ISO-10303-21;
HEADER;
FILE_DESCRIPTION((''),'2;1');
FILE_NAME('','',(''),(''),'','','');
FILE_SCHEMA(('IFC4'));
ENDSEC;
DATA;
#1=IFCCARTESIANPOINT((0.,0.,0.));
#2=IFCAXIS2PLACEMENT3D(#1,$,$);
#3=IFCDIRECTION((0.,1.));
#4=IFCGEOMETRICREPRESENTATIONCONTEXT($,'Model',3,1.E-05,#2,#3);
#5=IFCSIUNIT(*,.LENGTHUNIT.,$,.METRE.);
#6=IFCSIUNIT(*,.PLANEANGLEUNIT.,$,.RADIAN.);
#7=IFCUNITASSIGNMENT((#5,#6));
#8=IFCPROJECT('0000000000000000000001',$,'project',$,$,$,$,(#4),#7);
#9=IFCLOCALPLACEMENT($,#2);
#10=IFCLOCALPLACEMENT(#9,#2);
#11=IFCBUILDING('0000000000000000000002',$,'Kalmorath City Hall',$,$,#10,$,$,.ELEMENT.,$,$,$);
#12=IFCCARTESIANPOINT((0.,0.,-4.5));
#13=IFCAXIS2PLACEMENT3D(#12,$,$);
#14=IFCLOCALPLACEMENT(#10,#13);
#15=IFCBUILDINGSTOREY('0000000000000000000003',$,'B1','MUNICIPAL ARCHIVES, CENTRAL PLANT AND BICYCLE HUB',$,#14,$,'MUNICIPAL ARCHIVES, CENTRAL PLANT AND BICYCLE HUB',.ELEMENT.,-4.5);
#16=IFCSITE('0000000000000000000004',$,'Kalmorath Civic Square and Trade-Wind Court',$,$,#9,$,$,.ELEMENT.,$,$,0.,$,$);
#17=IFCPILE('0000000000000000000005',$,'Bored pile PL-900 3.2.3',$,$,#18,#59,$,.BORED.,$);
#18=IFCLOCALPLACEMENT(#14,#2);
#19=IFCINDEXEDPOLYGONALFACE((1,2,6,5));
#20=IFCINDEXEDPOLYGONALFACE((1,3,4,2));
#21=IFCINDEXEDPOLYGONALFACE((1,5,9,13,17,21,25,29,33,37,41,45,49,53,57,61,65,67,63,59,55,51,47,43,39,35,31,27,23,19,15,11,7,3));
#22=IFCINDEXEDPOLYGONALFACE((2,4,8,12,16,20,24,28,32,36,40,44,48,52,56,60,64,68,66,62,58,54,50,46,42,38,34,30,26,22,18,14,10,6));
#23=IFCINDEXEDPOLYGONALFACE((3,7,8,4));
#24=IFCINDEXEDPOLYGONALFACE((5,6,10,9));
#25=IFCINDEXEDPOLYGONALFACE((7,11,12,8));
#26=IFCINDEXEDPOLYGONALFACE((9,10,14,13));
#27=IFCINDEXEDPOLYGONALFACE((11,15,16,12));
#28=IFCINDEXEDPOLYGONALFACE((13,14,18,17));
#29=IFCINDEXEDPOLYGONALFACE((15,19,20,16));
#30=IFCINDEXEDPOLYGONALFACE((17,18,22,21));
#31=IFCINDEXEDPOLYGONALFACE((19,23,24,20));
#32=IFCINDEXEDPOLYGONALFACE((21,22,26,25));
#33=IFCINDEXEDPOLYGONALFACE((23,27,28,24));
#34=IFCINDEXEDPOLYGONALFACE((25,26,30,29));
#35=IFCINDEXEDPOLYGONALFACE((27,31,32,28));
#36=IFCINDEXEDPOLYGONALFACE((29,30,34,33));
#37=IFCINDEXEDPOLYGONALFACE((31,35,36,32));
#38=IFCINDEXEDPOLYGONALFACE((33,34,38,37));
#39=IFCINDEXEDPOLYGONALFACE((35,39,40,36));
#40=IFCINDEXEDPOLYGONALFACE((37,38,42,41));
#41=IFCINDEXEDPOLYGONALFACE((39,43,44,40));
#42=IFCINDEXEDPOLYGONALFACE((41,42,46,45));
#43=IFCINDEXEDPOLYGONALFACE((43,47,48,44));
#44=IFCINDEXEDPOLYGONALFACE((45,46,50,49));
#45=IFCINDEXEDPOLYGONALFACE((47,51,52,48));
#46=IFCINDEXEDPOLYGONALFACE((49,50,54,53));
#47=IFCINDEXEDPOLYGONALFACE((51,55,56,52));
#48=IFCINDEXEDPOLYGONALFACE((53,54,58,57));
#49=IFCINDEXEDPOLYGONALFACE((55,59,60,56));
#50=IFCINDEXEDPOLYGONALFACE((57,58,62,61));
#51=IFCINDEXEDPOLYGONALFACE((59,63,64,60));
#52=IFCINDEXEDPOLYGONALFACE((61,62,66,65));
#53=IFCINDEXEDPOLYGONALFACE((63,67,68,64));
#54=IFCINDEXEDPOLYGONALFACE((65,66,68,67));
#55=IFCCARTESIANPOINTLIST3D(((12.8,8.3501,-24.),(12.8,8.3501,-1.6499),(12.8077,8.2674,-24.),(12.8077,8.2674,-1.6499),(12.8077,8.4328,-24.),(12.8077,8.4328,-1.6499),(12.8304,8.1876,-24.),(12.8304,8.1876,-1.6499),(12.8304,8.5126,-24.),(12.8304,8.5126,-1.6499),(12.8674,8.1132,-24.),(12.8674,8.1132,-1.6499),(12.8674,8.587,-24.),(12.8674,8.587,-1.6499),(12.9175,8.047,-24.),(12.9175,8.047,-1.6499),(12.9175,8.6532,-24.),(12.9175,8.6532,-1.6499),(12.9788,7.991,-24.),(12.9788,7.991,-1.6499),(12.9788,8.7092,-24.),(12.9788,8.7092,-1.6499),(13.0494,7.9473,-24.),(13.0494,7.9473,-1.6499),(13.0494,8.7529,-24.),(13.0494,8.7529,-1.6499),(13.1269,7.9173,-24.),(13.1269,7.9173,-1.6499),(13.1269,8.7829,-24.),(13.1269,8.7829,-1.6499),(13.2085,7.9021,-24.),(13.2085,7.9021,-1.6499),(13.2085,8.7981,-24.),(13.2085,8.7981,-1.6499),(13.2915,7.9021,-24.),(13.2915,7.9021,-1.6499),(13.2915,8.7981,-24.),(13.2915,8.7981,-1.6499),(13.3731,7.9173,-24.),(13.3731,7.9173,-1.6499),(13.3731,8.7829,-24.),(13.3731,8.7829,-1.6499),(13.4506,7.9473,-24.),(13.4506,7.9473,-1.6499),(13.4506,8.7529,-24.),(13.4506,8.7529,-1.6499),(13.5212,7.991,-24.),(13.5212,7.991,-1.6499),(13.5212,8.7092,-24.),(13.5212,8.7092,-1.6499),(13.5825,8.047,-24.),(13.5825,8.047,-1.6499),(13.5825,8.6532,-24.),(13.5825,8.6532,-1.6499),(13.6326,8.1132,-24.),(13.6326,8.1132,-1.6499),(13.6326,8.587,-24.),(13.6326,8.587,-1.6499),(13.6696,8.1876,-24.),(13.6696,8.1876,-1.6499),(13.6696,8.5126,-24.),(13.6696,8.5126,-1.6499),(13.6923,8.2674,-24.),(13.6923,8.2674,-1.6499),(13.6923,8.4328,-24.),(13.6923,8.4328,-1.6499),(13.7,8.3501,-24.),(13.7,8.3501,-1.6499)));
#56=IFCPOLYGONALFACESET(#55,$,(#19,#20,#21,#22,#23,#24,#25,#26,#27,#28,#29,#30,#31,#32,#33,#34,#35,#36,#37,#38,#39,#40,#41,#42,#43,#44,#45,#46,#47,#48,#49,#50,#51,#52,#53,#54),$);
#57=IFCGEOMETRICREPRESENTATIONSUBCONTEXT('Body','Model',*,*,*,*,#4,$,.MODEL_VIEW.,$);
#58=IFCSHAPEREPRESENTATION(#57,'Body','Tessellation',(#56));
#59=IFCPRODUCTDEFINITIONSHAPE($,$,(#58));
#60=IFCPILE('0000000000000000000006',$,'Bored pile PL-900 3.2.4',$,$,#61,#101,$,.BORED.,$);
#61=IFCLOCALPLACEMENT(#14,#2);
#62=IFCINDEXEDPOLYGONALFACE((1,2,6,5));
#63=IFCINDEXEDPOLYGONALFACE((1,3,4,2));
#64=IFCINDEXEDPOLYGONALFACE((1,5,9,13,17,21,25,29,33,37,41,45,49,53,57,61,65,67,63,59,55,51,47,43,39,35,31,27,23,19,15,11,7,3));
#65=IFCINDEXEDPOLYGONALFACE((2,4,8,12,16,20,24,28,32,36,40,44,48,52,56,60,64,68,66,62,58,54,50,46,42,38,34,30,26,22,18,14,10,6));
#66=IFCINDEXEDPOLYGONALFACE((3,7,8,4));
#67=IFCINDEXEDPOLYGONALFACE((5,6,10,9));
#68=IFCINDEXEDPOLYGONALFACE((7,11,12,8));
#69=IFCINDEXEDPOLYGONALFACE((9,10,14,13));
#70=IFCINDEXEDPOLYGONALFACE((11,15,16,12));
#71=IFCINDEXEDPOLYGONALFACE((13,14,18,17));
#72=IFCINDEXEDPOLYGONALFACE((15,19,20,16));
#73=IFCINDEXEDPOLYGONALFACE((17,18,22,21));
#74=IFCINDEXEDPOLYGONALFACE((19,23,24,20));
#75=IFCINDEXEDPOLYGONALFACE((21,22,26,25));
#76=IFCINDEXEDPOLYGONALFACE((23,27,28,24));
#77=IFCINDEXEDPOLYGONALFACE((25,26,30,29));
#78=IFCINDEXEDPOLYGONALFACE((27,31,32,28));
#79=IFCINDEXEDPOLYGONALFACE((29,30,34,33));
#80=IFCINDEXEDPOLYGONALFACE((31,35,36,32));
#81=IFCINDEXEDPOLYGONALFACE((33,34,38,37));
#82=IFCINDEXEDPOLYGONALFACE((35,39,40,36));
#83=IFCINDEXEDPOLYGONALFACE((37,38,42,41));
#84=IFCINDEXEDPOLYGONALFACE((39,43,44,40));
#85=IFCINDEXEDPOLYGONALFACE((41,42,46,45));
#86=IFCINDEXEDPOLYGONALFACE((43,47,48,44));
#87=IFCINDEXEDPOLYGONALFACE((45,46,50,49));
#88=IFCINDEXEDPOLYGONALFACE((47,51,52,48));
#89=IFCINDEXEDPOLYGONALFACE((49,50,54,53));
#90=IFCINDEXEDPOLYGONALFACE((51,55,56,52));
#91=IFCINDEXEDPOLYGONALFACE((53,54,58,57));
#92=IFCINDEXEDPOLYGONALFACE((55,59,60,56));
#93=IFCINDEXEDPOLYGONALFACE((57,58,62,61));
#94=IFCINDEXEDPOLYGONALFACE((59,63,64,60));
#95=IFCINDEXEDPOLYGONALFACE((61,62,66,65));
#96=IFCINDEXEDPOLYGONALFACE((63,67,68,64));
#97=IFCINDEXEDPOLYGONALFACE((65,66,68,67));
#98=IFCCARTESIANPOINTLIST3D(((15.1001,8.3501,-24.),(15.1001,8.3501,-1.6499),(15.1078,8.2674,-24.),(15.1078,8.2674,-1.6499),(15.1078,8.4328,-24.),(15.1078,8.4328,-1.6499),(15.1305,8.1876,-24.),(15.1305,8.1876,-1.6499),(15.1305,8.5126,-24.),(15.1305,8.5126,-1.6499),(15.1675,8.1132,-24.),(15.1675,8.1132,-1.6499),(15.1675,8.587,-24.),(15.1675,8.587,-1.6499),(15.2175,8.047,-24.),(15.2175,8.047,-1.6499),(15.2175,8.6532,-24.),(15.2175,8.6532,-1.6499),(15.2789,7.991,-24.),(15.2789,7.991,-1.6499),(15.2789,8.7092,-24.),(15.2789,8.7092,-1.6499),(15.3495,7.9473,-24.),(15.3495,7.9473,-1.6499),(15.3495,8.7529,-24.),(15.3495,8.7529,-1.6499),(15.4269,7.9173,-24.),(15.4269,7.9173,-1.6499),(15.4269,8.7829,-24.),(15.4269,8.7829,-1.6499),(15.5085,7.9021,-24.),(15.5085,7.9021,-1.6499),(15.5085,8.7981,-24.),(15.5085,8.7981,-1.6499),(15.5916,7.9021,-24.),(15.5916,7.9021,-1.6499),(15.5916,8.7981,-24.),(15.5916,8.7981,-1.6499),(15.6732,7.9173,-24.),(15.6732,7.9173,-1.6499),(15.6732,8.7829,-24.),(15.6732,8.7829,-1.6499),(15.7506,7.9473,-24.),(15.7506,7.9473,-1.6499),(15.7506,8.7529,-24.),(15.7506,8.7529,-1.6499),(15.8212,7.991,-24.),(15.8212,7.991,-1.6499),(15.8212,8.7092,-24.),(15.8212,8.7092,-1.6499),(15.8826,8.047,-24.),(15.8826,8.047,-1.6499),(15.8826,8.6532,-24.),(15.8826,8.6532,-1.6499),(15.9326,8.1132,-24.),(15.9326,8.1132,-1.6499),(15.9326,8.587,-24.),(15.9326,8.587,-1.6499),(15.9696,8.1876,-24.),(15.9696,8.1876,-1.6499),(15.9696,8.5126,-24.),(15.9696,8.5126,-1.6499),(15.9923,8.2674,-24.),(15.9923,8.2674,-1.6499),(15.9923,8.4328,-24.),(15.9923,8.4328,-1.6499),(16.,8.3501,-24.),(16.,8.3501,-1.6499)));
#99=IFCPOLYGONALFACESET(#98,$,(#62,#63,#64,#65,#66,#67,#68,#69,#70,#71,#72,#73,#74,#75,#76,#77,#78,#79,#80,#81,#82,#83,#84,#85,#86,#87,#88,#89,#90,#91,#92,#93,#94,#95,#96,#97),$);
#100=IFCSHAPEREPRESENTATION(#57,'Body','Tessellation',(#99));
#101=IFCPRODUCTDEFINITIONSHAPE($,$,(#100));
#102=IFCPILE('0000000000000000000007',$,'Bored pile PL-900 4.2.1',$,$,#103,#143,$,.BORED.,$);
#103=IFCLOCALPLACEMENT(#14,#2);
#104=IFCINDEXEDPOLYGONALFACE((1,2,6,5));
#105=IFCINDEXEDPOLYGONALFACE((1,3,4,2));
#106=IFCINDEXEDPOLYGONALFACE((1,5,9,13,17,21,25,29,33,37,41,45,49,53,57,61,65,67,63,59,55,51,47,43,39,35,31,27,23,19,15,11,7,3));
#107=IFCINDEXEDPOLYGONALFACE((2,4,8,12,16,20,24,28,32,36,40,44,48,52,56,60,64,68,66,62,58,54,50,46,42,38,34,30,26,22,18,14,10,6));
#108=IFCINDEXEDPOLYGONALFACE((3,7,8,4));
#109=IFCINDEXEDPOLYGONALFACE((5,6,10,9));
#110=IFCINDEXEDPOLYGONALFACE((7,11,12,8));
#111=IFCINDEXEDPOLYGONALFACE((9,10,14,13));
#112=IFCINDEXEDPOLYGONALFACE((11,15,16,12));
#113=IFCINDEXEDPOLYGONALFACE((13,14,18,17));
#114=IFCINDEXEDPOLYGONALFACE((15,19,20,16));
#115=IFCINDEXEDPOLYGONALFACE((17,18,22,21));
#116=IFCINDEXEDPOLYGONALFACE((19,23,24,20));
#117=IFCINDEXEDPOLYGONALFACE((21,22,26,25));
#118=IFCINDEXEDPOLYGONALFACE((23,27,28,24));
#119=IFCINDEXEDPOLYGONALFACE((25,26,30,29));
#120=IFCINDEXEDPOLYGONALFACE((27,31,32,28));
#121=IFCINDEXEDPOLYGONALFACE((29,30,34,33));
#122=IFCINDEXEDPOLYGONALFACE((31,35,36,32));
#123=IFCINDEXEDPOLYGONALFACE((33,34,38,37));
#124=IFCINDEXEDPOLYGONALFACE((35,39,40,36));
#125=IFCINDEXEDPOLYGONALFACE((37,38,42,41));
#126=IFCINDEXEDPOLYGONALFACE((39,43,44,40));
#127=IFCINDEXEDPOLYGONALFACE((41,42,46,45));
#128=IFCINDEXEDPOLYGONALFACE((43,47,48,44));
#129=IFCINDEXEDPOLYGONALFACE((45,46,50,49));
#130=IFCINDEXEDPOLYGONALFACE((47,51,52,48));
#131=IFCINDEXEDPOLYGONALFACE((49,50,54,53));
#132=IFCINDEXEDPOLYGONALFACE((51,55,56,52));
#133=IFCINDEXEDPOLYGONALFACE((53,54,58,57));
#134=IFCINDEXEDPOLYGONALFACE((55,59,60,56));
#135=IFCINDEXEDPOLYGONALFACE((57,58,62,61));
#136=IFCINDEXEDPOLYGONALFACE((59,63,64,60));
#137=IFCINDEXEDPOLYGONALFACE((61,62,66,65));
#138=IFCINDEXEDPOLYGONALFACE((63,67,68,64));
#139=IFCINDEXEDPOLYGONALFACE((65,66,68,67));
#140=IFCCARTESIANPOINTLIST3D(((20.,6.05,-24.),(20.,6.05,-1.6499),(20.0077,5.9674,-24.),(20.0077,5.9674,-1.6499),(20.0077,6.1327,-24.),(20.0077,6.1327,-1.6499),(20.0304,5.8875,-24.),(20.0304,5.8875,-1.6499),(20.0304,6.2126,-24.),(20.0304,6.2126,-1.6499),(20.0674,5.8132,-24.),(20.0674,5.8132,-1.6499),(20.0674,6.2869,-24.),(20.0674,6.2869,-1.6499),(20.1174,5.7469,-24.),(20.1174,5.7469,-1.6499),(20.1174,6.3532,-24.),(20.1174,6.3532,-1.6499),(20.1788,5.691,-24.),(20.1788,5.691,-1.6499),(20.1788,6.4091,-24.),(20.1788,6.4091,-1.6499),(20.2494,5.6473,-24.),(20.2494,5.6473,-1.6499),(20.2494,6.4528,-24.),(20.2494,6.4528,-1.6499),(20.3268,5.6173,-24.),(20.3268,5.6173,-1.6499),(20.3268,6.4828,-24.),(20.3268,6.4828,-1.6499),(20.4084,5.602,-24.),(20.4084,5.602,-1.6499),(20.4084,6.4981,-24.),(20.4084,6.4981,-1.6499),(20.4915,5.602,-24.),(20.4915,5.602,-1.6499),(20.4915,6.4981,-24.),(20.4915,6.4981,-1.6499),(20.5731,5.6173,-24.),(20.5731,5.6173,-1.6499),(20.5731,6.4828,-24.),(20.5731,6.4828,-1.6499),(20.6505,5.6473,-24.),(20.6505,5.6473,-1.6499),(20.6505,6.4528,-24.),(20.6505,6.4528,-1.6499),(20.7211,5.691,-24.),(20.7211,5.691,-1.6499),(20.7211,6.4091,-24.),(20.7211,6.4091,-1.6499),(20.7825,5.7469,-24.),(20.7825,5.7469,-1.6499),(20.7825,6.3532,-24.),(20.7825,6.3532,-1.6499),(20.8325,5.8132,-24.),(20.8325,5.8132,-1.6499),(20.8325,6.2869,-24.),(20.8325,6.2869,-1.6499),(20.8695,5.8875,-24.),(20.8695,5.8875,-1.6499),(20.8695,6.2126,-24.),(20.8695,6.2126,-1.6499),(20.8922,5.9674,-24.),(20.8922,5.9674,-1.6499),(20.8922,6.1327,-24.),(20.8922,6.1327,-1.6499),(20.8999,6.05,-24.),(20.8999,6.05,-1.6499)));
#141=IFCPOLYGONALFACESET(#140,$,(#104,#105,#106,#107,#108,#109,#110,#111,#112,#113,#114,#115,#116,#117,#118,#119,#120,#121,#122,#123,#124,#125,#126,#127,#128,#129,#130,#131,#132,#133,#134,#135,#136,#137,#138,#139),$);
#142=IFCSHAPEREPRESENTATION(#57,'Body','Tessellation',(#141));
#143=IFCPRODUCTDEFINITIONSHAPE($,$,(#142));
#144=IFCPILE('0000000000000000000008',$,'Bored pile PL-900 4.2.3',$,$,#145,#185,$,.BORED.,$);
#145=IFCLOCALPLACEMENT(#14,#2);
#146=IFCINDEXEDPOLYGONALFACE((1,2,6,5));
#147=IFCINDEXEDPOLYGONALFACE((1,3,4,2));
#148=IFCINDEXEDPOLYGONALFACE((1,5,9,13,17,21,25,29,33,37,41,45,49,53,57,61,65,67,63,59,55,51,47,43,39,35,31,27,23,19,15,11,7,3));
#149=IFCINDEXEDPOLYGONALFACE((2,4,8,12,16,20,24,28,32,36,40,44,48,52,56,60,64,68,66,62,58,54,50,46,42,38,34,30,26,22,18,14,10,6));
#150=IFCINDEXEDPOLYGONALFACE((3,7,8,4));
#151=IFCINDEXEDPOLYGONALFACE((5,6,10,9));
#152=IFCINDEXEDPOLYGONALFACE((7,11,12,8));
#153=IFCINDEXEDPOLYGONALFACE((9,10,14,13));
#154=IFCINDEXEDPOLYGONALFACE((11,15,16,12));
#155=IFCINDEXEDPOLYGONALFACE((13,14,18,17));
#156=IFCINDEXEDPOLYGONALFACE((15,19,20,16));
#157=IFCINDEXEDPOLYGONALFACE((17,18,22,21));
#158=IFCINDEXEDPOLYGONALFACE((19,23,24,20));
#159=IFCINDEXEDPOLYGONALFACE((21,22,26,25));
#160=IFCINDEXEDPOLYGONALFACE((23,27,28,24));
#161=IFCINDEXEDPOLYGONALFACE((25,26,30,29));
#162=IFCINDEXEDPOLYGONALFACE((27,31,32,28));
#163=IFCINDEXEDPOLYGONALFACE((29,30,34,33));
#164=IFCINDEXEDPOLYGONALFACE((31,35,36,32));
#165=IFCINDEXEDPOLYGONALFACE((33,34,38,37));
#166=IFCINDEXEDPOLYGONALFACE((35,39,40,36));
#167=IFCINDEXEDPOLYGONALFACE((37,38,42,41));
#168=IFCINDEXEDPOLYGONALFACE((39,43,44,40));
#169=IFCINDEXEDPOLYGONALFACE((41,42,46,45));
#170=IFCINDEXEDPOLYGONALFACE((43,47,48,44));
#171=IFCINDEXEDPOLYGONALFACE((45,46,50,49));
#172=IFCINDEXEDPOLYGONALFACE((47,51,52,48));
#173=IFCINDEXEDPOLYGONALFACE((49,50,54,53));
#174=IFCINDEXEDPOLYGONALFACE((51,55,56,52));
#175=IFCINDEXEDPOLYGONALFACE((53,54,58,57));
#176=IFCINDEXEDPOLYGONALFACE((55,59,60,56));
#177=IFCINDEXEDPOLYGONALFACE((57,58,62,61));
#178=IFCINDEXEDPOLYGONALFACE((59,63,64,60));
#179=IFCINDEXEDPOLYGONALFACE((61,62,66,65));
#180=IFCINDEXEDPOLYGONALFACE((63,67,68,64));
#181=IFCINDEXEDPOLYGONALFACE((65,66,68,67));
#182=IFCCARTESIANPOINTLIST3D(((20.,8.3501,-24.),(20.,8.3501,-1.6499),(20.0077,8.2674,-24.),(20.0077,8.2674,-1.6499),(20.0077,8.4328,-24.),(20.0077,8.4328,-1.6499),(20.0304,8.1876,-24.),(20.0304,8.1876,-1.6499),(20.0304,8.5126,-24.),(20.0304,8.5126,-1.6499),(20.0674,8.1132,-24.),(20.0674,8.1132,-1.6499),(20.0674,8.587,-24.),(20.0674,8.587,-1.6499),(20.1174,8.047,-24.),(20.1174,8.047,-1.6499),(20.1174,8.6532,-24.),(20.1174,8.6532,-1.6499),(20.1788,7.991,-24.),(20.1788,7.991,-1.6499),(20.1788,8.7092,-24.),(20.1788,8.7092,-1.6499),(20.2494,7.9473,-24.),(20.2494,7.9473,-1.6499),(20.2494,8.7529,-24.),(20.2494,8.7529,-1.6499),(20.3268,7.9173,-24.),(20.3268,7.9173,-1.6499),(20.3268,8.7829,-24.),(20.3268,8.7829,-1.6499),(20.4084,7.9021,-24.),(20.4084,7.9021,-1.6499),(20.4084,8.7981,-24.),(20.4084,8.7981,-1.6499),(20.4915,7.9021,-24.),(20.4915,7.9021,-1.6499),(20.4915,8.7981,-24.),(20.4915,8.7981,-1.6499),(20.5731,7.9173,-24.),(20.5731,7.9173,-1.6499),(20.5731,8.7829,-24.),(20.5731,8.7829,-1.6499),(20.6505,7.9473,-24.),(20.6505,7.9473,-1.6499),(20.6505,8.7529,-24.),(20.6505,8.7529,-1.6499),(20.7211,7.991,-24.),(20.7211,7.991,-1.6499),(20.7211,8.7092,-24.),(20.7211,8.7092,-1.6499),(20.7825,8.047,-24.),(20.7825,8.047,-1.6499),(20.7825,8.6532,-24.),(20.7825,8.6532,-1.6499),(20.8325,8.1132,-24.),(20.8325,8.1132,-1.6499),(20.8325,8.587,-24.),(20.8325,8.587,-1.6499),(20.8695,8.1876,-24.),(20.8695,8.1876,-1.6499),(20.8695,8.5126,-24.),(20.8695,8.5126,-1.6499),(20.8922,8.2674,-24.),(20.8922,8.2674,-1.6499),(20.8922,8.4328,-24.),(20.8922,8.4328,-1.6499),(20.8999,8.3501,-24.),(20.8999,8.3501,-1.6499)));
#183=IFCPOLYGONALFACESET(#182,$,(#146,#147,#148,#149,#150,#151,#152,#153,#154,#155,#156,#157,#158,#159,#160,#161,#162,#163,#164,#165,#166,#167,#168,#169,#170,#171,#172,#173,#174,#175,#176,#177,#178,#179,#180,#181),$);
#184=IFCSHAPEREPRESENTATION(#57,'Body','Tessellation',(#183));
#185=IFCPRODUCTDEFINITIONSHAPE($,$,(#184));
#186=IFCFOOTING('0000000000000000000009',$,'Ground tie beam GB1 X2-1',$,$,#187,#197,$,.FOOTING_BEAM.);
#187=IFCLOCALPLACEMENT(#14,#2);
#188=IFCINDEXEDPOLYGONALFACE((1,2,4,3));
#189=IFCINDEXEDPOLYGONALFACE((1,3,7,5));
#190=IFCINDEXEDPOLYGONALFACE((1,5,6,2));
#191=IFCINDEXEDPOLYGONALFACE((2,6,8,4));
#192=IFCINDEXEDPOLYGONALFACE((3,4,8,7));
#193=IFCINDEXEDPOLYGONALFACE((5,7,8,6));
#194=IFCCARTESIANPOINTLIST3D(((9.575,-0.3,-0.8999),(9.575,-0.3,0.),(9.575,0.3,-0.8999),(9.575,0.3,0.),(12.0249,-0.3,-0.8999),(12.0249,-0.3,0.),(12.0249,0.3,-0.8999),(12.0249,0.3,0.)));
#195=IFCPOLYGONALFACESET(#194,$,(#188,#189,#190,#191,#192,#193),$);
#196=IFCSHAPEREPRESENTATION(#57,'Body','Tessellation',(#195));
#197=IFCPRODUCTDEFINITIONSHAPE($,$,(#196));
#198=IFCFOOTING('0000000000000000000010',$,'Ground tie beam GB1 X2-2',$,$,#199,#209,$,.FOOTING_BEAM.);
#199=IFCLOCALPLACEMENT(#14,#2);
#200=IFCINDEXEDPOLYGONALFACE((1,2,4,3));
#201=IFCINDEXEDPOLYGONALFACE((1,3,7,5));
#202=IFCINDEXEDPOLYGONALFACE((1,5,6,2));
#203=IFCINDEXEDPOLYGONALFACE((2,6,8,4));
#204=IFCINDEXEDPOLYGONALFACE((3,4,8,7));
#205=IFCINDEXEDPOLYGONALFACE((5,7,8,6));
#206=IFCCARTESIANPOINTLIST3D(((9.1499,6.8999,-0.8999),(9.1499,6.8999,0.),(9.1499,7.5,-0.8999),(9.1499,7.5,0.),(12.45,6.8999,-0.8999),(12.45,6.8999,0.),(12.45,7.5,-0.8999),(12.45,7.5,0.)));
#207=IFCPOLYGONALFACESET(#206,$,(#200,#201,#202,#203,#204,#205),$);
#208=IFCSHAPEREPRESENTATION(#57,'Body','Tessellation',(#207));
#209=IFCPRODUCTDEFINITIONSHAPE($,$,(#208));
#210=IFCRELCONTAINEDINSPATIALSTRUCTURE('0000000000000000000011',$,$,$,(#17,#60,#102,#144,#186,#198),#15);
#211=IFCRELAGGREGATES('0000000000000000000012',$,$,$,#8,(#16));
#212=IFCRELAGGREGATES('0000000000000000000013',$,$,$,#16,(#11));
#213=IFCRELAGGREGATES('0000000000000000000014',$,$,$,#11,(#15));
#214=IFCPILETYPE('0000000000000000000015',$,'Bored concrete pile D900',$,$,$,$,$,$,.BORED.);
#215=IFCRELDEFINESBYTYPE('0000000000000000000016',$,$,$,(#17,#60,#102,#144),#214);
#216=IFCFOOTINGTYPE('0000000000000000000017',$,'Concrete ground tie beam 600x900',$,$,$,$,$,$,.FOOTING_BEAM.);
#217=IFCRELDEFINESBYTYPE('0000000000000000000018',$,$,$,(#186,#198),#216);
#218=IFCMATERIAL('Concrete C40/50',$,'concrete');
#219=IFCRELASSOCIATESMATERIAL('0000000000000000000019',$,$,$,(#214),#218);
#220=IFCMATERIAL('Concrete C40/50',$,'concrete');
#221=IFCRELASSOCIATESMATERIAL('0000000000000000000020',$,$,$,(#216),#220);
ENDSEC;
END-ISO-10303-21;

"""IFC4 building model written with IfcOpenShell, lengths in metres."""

from ifc_helpers import new_model, si_unit, direction, frame, origin, origin_2d, place, context, subcontext, project, spatial, rectangle, circle, extrude, material, material_profile, profile_set, type_object, element, save


model = new_model("IFC4")

# Units and contexts
model_context = context("Model", 3, precision=1e-05, world=origin(), true_north=direction((0.0, 1.0)))
body_context = subcontext(model_context, "Body", "Model", "MODEL_VIEW")
ifc_project = project(units=[si_unit("LENGTHUNIT", "METRE"), si_unit("PLANEANGLEUNIT", "RADIAN")], contexts=[model_context])

# Site, building, storey
site_placement = place(None, origin())
site = spatial("IfcSite", under=ifc_project, at=site_placement, Name="Kalmorath Civic Square and Trade-Wind Court", CompositionType="ELEMENT", RefElevation=0.0)
building_placement = place(site_placement, origin())
building = spatial("IfcBuilding", under=site, at=building_placement, Name="Kalmorath City Hall", CompositionType="ELEMENT")
storey_placement = place(building_placement, frame((0.0, 0.0, -4.5)))
storey = spatial("IfcBuildingStorey", under=building, at=storey_placement, Name="B1", Description="MUNICIPAL ARCHIVES, CENTRAL PLANT AND BICYCLE HUB", LongName="MUNICIPAL ARCHIVES, CENTRAL PLANT AND BICYCLE HUB", CompositionType="ELEMENT", Elevation=-4.5)

# Piles
ifc_material_1 = material(Name="Concrete C40/50", Category="concrete")
ifc_material_profile_1 = material_profile(ifc_material_1, circle(Radius=0.45, at=origin_2d()), Name="PILE-D900")
ifc_profile_set_1 = profile_set([ifc_material_profile_1], Name="Concrete C40/50")
pile_type_1 = type_object("IfcPileType", Name="Bored concrete pile D900", PredefinedType="BORED", material=ifc_profile_set_1)
for number, where, z_axis, x_axis, name in (
    (1, (13.25, 8.3501, -1.6499), (0.0, 0.0, -1.0), (1.0, 0.0, 0.0), "Bored pile PL-900 3.2.3"),
    (2, (15.55, 8.3501, -1.6499), (0.0, 0.0, -1.0), (1.0, 0.0, 0.0), "Bored pile PL-900 3.2.4"),
    (3, (20.45, 6.05, -1.6499), (0.0, 0.0, -1.0), (1.0, 0.0, 0.0), "Bored pile PL-900 4.2.1"),
    (4, (20.45, 8.3501, -1.6499), (0.0, 0.0, -1.0), (1.0, 0.0, 0.0), "Bored pile PL-900 4.2.3"),
):
    element("IfcPile", number, at=place(storey_placement, frame(where, z_axis=z_axis, x_axis=x_axis)), inside=storey, type_object=pile_type_1, Name=name, PredefinedType="BORED", context=body_context, shape_type="SweptSolid", body=[
        extrude(circle(Radius=0.45, at=origin_2d()), origin(), (0.0, 0.0, 1.0), 22.3501),
    ])

# Footings
ifc_material_2 = material(Name="Concrete C40/50", Category="concrete")
ifc_material_profile_2 = material_profile(ifc_material_2, rectangle(XDim=0.6001, YDim=0.8999, at=origin_2d()), Name="RC-BM-600X900")
ifc_profile_set_2 = profile_set([ifc_material_profile_2], Name="Concrete C40/50")
footing_type_1 = type_object("IfcFootingType", Name="Concrete ground tie beam 600x900", PredefinedType="FOOTING_BEAM", material=ifc_profile_set_2)
footing_1_placement = place(storey_placement, frame((9.575, 0.0, -0.45), z_axis=(1.0, 0.0, 0.0), x_axis=(0.0, 1.0, 0.0)))
element("IfcFooting", 5, at=footing_1_placement, inside=storey, type_object=footing_type_1, Name="Ground tie beam GB1 X2-1", PredefinedType="FOOTING_BEAM", context=body_context, shape_type="SweptSolid", body=[
    extrude(rectangle(XDim=0.6001, YDim=0.8999, at=origin_2d()), origin(), (0.0, 0.0, 1.0), 2.45),
])
footing_2_placement = place(storey_placement, frame((9.1499, 7.2, -0.45), z_axis=(1.0, 0.0, 0.0), x_axis=(0.0, 1.0, 0.0)))
element("IfcFooting", 6, at=footing_2_placement, inside=storey, type_object=footing_type_1, Name="Ground tie beam GB1 X2-2", PredefinedType="FOOTING_BEAM", context=body_context, shape_type="SweptSolid", body=[
    extrude(rectangle(XDim=0.6001, YDim=0.8999, at=origin_2d()), origin(), (0.0, 0.0, 1.0), 3.3),
])

save(model, "model.ifc")
